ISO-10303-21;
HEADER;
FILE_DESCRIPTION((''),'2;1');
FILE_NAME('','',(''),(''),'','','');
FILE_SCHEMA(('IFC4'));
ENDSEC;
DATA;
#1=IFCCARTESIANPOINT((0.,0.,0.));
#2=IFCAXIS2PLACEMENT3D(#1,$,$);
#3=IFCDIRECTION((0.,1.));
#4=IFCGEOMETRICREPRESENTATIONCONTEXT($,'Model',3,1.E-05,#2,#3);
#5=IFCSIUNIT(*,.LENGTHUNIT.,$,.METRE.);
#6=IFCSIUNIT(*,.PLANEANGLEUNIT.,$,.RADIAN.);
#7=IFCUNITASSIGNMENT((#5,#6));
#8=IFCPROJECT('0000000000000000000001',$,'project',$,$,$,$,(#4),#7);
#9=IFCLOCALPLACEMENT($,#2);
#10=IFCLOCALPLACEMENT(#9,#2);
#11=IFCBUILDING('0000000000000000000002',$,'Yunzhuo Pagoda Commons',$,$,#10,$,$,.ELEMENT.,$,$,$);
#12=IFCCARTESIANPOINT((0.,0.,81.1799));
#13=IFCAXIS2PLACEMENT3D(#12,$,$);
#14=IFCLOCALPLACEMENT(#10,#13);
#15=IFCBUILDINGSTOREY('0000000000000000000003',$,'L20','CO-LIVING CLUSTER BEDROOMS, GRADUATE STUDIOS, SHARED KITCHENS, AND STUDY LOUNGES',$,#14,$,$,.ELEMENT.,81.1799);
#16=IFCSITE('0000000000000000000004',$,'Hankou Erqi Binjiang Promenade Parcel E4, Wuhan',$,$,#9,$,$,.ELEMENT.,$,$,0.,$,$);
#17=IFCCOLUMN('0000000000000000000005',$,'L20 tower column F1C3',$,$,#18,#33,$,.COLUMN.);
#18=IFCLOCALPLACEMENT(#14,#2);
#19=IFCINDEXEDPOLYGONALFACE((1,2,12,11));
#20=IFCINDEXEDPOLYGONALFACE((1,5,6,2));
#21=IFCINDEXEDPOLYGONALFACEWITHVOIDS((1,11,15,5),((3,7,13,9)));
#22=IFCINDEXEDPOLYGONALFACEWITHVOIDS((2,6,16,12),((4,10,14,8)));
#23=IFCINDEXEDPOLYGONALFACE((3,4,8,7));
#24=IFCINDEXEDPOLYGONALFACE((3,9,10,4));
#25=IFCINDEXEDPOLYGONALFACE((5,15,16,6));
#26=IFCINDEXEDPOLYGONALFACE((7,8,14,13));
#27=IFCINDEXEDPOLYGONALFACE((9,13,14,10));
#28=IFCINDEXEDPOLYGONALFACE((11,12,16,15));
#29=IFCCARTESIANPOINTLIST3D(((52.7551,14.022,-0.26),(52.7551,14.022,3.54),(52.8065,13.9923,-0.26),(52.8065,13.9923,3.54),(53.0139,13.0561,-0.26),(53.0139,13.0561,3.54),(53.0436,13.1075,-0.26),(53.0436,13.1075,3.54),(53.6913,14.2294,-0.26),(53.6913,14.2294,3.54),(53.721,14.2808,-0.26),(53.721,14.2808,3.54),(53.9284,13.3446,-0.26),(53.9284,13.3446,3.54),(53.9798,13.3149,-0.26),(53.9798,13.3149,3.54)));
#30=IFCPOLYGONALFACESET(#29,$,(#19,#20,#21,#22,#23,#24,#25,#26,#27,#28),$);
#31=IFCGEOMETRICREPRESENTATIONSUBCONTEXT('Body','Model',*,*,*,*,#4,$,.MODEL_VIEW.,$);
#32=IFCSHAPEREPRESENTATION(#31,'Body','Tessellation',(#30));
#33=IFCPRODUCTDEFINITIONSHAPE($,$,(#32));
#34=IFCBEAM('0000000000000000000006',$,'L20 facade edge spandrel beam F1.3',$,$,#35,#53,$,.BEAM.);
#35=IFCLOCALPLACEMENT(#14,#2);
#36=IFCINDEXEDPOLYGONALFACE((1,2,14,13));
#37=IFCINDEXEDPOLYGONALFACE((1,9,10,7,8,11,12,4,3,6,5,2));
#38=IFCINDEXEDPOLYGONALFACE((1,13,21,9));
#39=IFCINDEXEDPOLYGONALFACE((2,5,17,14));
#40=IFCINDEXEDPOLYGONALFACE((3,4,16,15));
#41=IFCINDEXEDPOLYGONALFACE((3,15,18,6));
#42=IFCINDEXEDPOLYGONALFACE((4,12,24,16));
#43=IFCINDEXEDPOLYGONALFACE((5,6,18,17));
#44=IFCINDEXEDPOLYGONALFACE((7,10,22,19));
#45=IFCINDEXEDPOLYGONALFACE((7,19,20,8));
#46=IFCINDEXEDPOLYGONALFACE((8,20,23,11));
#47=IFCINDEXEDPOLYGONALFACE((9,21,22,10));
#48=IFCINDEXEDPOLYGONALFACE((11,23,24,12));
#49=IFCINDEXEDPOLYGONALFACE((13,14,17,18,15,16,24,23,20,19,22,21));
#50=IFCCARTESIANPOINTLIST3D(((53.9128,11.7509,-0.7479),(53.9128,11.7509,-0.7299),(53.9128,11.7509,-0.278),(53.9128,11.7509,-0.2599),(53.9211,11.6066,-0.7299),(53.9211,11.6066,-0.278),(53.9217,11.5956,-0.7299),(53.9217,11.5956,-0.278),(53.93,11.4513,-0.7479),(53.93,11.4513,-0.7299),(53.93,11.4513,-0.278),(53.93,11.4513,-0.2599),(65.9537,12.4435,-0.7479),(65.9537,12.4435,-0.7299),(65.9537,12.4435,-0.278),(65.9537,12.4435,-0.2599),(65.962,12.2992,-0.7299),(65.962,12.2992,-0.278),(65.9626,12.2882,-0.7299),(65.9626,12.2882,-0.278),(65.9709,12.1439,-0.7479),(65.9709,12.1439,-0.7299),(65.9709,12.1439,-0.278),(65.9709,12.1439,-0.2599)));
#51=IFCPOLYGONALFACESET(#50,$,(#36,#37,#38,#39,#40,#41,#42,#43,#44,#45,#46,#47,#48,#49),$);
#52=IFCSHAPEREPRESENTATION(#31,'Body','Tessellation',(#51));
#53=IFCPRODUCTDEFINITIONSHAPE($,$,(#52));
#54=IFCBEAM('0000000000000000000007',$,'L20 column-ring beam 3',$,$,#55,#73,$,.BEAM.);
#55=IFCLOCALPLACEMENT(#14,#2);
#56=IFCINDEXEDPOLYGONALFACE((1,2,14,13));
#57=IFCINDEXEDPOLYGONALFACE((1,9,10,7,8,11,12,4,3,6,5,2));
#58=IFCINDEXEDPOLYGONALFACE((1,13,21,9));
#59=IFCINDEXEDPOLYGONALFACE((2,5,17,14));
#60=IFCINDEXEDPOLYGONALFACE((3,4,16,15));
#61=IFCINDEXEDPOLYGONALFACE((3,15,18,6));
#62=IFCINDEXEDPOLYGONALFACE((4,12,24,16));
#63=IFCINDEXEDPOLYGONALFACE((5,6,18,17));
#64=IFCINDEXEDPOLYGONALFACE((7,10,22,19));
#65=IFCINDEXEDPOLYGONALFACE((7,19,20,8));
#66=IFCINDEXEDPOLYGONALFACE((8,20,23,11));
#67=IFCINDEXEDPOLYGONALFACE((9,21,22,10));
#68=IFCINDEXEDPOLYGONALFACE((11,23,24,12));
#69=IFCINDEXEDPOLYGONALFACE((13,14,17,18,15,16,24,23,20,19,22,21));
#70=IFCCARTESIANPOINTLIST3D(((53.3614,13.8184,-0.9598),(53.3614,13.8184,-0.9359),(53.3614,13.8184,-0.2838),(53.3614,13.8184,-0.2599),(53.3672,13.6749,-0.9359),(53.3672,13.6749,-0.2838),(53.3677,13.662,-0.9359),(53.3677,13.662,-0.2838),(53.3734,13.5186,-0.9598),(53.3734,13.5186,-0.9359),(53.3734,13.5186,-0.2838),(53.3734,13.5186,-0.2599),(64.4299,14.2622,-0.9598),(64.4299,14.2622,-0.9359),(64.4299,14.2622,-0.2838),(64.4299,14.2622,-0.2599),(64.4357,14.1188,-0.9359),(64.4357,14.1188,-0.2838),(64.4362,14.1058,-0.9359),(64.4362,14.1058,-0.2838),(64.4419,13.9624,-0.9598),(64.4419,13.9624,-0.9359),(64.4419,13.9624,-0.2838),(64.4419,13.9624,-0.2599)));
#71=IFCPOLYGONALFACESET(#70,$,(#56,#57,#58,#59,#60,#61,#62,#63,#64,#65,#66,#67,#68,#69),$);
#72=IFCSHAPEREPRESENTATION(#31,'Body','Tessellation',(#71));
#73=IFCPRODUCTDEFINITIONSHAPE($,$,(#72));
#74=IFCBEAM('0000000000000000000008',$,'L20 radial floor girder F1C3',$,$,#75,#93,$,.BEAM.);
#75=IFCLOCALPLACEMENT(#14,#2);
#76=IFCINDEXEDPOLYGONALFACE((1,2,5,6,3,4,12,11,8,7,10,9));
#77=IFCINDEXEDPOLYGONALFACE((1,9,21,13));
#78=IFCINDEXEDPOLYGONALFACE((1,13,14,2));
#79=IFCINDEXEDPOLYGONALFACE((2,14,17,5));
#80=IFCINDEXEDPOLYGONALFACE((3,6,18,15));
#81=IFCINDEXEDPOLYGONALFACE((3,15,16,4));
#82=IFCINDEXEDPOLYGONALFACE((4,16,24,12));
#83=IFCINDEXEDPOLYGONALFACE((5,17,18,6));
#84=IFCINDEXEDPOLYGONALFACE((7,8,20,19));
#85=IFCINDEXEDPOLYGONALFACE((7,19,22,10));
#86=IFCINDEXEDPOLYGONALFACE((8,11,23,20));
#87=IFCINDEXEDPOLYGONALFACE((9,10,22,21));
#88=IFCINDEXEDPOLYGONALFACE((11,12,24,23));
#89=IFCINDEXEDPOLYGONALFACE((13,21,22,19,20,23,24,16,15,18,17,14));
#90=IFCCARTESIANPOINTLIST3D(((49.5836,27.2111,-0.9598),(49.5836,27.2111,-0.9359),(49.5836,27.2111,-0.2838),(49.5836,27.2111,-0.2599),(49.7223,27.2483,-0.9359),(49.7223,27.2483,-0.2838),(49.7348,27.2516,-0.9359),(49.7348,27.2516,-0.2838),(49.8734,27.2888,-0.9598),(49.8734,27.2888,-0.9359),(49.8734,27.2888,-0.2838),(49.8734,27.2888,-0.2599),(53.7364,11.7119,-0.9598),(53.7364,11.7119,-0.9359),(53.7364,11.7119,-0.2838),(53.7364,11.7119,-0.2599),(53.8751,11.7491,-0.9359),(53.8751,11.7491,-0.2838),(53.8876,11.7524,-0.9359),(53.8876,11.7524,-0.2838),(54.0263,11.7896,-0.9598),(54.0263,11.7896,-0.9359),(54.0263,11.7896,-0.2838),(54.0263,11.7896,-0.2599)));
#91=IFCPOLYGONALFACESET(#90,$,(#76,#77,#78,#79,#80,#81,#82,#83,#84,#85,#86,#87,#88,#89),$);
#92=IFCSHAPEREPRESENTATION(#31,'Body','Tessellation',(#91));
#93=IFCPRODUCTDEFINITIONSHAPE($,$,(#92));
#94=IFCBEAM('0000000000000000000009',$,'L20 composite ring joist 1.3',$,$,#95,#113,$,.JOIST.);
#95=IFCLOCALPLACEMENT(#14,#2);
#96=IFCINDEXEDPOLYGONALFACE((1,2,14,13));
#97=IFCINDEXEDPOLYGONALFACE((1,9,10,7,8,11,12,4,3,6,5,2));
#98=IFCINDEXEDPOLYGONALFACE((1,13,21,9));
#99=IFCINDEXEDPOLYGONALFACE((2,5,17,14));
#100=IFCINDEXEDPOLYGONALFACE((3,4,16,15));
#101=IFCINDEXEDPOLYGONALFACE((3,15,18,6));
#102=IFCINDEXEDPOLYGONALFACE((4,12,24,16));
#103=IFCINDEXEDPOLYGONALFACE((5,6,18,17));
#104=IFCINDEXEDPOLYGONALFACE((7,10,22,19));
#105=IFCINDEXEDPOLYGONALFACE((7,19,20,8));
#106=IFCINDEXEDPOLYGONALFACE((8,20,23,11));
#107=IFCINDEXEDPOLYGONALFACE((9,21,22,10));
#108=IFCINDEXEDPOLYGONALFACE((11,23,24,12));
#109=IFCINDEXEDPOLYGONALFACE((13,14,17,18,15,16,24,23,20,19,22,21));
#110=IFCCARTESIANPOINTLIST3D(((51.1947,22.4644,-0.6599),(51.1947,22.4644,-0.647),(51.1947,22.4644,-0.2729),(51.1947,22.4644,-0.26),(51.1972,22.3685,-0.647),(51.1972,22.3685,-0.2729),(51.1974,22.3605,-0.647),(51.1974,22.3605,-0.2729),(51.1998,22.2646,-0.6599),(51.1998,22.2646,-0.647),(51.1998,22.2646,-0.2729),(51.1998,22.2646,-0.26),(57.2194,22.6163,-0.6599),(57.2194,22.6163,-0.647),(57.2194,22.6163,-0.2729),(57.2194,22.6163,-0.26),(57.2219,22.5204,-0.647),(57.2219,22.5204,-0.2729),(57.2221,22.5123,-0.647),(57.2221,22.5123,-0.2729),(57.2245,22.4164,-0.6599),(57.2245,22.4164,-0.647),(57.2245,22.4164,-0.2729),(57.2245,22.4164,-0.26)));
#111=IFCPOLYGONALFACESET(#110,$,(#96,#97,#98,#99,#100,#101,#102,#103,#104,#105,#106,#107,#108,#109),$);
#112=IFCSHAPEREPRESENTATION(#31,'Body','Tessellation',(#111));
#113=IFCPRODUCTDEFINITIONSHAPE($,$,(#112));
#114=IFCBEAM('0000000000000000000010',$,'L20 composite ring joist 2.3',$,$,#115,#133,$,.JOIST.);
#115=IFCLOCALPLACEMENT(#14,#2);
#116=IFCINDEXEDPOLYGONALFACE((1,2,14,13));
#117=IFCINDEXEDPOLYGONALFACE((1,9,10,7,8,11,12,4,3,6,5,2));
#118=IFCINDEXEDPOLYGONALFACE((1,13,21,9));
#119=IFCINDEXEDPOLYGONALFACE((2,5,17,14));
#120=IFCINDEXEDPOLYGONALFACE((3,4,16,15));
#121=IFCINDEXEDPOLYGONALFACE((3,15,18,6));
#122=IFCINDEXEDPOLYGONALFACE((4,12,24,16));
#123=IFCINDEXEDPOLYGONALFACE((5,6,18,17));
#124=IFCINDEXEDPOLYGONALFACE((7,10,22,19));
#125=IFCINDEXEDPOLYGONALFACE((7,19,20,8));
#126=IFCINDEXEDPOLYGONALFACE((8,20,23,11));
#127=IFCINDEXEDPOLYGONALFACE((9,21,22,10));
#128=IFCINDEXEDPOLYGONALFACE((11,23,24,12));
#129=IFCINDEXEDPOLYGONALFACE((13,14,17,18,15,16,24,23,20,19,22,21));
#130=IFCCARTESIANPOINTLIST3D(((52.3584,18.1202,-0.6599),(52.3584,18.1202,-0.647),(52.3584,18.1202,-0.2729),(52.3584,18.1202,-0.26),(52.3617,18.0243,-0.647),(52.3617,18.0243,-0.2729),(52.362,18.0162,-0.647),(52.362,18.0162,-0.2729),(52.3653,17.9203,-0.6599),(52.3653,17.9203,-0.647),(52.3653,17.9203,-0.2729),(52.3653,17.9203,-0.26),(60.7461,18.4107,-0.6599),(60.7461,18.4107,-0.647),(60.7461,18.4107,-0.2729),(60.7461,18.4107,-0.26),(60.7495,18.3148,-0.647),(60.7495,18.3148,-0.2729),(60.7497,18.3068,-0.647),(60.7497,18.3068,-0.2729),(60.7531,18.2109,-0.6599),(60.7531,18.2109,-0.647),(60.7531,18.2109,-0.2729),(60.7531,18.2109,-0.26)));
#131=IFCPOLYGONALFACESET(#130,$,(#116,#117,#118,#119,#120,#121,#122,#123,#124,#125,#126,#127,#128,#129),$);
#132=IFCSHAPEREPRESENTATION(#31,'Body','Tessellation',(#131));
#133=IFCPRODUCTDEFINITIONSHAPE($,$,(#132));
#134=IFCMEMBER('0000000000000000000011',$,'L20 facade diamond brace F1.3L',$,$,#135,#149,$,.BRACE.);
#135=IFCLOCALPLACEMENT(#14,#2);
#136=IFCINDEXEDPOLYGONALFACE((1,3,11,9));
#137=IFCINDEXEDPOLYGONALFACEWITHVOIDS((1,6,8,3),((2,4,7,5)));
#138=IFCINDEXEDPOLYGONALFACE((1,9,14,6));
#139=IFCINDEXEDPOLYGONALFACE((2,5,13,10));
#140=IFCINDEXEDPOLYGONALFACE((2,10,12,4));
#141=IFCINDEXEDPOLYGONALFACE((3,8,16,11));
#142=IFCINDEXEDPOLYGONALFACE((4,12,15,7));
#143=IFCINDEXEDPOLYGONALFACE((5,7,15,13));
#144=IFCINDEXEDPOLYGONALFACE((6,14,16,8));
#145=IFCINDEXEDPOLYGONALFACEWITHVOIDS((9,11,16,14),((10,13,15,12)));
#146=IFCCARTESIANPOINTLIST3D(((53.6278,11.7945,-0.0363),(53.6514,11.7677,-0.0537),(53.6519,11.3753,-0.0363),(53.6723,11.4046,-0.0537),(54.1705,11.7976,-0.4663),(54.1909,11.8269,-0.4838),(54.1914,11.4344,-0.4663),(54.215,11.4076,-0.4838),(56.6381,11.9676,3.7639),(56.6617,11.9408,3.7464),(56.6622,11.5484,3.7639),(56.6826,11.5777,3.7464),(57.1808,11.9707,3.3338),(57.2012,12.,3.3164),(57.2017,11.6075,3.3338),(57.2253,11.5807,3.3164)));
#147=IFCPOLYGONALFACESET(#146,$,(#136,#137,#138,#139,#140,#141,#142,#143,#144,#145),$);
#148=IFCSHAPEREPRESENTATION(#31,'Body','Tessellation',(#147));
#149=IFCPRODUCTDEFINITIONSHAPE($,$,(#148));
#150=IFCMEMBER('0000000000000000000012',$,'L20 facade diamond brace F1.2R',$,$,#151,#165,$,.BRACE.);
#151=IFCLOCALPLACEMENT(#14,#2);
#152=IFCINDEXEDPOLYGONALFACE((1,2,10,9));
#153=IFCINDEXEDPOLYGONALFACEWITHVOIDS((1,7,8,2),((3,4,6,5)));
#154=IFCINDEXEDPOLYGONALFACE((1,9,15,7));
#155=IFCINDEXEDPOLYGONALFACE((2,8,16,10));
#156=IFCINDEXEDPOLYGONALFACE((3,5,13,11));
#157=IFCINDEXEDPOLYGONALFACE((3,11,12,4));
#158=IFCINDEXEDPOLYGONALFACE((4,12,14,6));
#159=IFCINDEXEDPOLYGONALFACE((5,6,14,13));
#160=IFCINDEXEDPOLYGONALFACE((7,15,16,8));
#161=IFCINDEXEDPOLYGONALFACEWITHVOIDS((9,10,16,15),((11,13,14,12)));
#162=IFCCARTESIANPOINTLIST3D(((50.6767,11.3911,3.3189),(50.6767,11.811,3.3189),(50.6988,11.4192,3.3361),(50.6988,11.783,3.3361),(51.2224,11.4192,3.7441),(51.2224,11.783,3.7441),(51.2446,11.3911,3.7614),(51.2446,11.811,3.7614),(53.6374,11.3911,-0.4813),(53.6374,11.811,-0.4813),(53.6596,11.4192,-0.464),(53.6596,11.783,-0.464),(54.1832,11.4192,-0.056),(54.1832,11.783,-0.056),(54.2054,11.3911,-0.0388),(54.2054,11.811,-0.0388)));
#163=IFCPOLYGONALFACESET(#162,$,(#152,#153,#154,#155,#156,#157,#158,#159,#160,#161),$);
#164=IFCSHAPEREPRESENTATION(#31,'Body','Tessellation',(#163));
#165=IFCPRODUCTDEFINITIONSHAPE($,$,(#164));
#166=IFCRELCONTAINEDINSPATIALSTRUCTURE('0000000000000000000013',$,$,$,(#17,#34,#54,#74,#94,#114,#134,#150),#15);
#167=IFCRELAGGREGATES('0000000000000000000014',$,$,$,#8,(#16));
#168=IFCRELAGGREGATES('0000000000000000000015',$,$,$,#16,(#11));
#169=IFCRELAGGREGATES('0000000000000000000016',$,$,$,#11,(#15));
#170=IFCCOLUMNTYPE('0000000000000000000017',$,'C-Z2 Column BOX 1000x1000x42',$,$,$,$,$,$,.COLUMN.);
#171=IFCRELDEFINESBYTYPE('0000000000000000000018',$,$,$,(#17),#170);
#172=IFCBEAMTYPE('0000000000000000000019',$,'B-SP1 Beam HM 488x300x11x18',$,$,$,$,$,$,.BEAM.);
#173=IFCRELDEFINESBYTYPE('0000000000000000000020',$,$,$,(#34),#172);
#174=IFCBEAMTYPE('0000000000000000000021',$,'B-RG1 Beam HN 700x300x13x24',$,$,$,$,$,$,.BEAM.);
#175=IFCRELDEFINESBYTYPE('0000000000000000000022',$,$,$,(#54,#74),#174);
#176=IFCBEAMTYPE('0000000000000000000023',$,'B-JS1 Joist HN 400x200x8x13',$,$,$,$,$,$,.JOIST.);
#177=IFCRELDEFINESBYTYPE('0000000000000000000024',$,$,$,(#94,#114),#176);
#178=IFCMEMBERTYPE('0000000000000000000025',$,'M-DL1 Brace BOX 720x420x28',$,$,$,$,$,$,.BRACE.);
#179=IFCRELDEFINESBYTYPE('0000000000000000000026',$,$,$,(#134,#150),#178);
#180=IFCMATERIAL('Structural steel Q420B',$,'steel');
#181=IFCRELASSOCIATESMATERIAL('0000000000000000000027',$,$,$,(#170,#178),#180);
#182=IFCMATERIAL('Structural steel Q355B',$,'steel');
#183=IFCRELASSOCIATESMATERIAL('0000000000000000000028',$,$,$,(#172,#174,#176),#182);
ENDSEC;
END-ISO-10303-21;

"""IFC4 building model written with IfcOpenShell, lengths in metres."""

from ifc_helpers import new_model, si_unit, direction, frame, origin, origin_2d, place, context, subcontext, project, spatial, hollow_rectangle, i_section, extrude, source, transform, mapped, material, material_profile, profile_set, type_object, element, save


model = new_model("IFC4")

# Units and contexts
model_context = context("Model", 3, precision=1e-05, world=origin(), true_north=direction((0.0, 1.0)))
body_context = subcontext(model_context, "Body", "Model", "MODEL_VIEW")
ifc_project = project(units=[si_unit("LENGTHUNIT", "METRE"), si_unit("PLANEANGLEUNIT", "RADIAN")], contexts=[model_context])

# Site, building, storey
site_placement = place(None, origin())
site = spatial("IfcSite", under=ifc_project, at=site_placement, Name="Hankou Erqi Binjiang Promenade Parcel E4, Wuhan", CompositionType="ELEMENT", RefElevation=0.0)
building_placement = place(site_placement, origin())
building = spatial("IfcBuilding", under=site, at=building_placement, Name="Yunzhuo Pagoda Commons", CompositionType="ELEMENT")
storey_placement = place(building_placement, frame((0.0, 0.0, 81.1799)))
storey = spatial("IfcBuildingStorey", under=building, at=storey_placement, Name="L20", Description="CO-LIVING CLUSTER BEDROOMS, GRADUATE STUDIOS, SHARED KITCHENS, AND STUDY LOUNGES", CompositionType="ELEMENT", Elevation=81.1799)

# Column
ifc_material_1 = material(Name="Structural steel Q420B", Category="steel")
ifc_material_profile_1 = material_profile(ifc_material_1, hollow_rectangle(XDim=1.0, YDim=1.0, WallThickness=0.042, at=origin_2d()), Name="Structural steel Q420B")
ifc_profile_set_1 = profile_set([ifc_material_profile_1], Name="Structural steel Q420B")
column_type = type_object("IfcColumnType", Name="C-Z2 Column BOX 1000x1000x42", PredefinedType="COLUMN", material=ifc_profile_set_1)
shared_shape_1 = source(origin(), body_context, "Body", "SweptSolid", [
    extrude(hollow_rectangle(XDim=1.0, YDim=1.0, WallThickness=0.042, at=origin_2d()), origin(), (0.0, 0.0, 1.0), 3.8),
])
column_placement = place(storey_placement, frame((53.3674, 13.6685, -0.26), z_axis=(0.0, 0.0, 1.0), x_axis=(0.965926, 0.258819, 0.0)))
element("IfcColumn", 1, at=column_placement, inside=storey, type_object=column_type, Name="L20 tower column F1C3", PredefinedType="COLUMN", context=body_context, shape_type="MappedRepresentation", body=[
    mapped(shared_shape_1, transform((0.0, 0.0, 0.0), scale=1.0)),
])

# Beams
ifc_material_2 = material(Name="Structural steel Q355B", Category="steel")
ifc_material_profile_2 = material_profile(ifc_material_2, i_section(OverallWidth=0.3, OverallDepth=0.488, WebThickness=0.011, FlangeThickness=0.0181, at=origin_2d()), Name="Structural steel Q355B")
ifc_profile_set_2 = profile_set([ifc_material_profile_2], Name="Structural steel Q355B")
beam_type_1 = type_object("IfcBeamType", Name="B-SP1 Beam HM 488x300x11x18", PredefinedType="BEAM", material=ifc_profile_set_2)
shared_shape_2 = source(origin(), body_context, "Body", "SweptSolid", [
    extrude(i_section(OverallWidth=0.3, OverallDepth=0.488, WebThickness=0.011, FlangeThickness=0.0181, at=origin_2d()), origin(), (0.0, 0.0, 1.0), 12.0608),
])
beam_1_placement = place(storey_placement, frame((53.9214, 11.6011, -0.5039), z_axis=(0.99835, 0.057429, 0.0), x_axis=(-0.057429, 0.99835, 0.0)))
element("IfcBeam", 2, at=beam_1_placement, inside=storey, type_object=beam_type_1, Name="L20 facade edge spandrel beam F1.3", PredefinedType="BEAM", context=body_context, shape_type="MappedRepresentation", body=[
    mapped(shared_shape_2, transform((0.0, 0.0, 0.0), scale=1.0)),
])
ifc_material_profile_3 = material_profile(ifc_material_2, i_section(OverallWidth=0.3, OverallDepth=0.7, WebThickness=0.0129, FlangeThickness=0.0239, at=origin_2d()), Name="Structural steel Q355B")
ifc_profile_set_3 = profile_set([ifc_material_profile_3], Name="Structural steel Q355B")
beam_type_2 = type_object("IfcBeamType", Name="B-RG1 Beam HN 700x300x13x24", PredefinedType="BEAM", material=ifc_profile_set_3)
shared_shape_3 = source(origin(), body_context, "Body", "SweptSolid", [
    extrude(i_section(OverallWidth=0.3, OverallDepth=0.7, WebThickness=0.0129, FlangeThickness=0.0239, at=origin_2d()), origin(), (0.0, 0.0, 1.0), 11.0774),
])
beam_2_placement = place(storey_placement, frame((53.3674, 13.6685, -0.6099), z_axis=(0.999197, 0.040067, 0.0), x_axis=(-0.040067, 0.999197, 0.0)))
element("IfcBeam", 3, at=beam_2_placement, inside=storey, type_object=beam_type_2, Name="L20 column-ring beam 3", PredefinedType="BEAM", context=body_context, shape_type="MappedRepresentation", body=[
    mapped(shared_shape_3, transform((0.0, 0.0, 0.0), scale=1.0)),
])
shared_shape_4 = source(origin(), body_context, "Body", "SweptSolid", [
    extrude(i_section(OverallWidth=0.3, OverallDepth=0.7, WebThickness=0.0129, FlangeThickness=0.0239, at=origin_2d()), origin(), (0.0, 0.0, 1.0), 16.0459),
])
beam_3_placement = place(storey_placement, frame((53.8813, 11.7507, -0.6099), z_axis=(-0.258808, 0.965929, 0.0), x_axis=(-0.965929, -0.258808, 0.0)))
element("IfcBeam", 4, at=beam_3_placement, inside=storey, type_object=beam_type_2, Name="L20 radial floor girder F1C3", PredefinedType="BEAM", context=body_context, shape_type="MappedRepresentation", body=[
    mapped(shared_shape_4, transform((0.0, 0.0, 0.0), scale=1.0)),
])
ifc_material_profile_4 = material_profile(ifc_material_2, i_section(OverallWidth=0.2, OverallDepth=0.3999, WebThickness=0.0081, FlangeThickness=0.0129, at=origin_2d()), Name="Structural steel Q355B")
ifc_profile_set_4 = profile_set([ifc_material_profile_4], Name="Structural steel Q355B")
beam_type_3 = type_object("IfcBeamType", Name="B-JS1 Joist HN 400x200x8x13", PredefinedType="JOIST", material=ifc_profile_set_4)
shared_shape_5 = source(origin(), body_context, "Body", "SweptSolid", [
    extrude(i_section(OverallWidth=0.2, OverallDepth=0.3999, WebThickness=0.0081, FlangeThickness=0.0129, at=origin_2d()), origin(), (0.0, 0.0, 1.0), 6.0266),
])
beam_4_placement = place(storey_placement, frame((51.1973, 22.3645, -0.46), z_axis=(0.999682, 0.025198, 0.0), x_axis=(-0.025198, 0.999682, 0.0)))
element("IfcBeam", 5, at=beam_4_placement, inside=storey, type_object=beam_type_3, Name="L20 composite ring joist 1.3", PredefinedType="JOIST", context=body_context, shape_type="MappedRepresentation", body=[
    mapped(shared_shape_5, transform((0.0, 0.0, 0.0), scale=1.0)),
])
shared_shape_6 = source(origin(), body_context, "Body", "SweptSolid", [
    extrude(i_section(OverallWidth=0.2, OverallDepth=0.3999, WebThickness=0.0081, FlangeThickness=0.0129, at=origin_2d()), origin(), (0.0, 0.0, 1.0), 8.3928),
])
beam_5_placement = place(storey_placement, frame((52.3618, 18.0203, -0.46), z_axis=(0.999401, 0.034617, 0.0), x_axis=(-0.034617, 0.999401, 0.0)))
element("IfcBeam", 6, at=beam_5_placement, inside=storey, type_object=beam_type_3, Name="L20 composite ring joist 2.3", PredefinedType="JOIST", context=body_context, shape_type="MappedRepresentation", body=[
    mapped(shared_shape_6, transform((0.0, 0.0, 0.0), scale=1.0)),
])

# Members
ifc_material_profile_5 = material_profile(ifc_material_1, hollow_rectangle(XDim=0.4199, YDim=0.72, WallThickness=0.0281, at=origin_2d()), Name="Structural steel Q420B")
ifc_profile_set_5 = profile_set([ifc_material_profile_5], Name="Structural steel Q420B")
member_type_1 = type_object("IfcMemberType", Name="M-DL1 Brace BOX 720x420x28", PredefinedType="BRACE", material=ifc_profile_set_5)
shared_shape_7 = source(origin(), body_context, "Body", "SweptSolid", [
    extrude(hollow_rectangle(XDim=0.4199, YDim=0.72, WallThickness=0.0281, at=origin_2d()), origin(), (0.0, 0.0, 1.0), 4.8511),
])
member_1_placement = place(storey_placement, frame((53.9214, 11.6011, -0.26), z_axis=(0.620546, 0.035683, 0.783358), x_axis=(-0.057407, 0.998351, 0.0)))
element("IfcMember", 7, at=member_1_placement, inside=storey, type_object=member_type_1, Name="L20 facade diamond brace F1.3L", PredefinedType="BRACE", context=body_context, shape_type="MappedRepresentation", body=[
    mapped(shared_shape_7, transform((0.0, 0.0, 0.0), scale=1.0)),
])
shared_shape_8 = source(origin(), body_context, "Body", "SweptSolid", [
    extrude(hollow_rectangle(XDim=0.4199, YDim=0.72, WallThickness=0.0281, at=origin_2d()), origin(), (0.0, 0.0, 1.0), 4.8174),
])
member_2_placement = place(storey_placement, frame((53.9214, 11.6011, -0.26), z_axis=(-0.6146, 0.0, 0.788839), x_axis=(0.0, -1.0, 0.0)))
element("IfcMember", 8, at=member_2_placement, inside=storey, type_object=member_type_1, Name="L20 facade diamond brace F1.2R", PredefinedType="BRACE", context=body_context, shape_type="MappedRepresentation", body=[
    mapped(shared_shape_8, transform((0.0, 0.0, 0.0), scale=1.0)),
])

save(model, "model.ifc")
